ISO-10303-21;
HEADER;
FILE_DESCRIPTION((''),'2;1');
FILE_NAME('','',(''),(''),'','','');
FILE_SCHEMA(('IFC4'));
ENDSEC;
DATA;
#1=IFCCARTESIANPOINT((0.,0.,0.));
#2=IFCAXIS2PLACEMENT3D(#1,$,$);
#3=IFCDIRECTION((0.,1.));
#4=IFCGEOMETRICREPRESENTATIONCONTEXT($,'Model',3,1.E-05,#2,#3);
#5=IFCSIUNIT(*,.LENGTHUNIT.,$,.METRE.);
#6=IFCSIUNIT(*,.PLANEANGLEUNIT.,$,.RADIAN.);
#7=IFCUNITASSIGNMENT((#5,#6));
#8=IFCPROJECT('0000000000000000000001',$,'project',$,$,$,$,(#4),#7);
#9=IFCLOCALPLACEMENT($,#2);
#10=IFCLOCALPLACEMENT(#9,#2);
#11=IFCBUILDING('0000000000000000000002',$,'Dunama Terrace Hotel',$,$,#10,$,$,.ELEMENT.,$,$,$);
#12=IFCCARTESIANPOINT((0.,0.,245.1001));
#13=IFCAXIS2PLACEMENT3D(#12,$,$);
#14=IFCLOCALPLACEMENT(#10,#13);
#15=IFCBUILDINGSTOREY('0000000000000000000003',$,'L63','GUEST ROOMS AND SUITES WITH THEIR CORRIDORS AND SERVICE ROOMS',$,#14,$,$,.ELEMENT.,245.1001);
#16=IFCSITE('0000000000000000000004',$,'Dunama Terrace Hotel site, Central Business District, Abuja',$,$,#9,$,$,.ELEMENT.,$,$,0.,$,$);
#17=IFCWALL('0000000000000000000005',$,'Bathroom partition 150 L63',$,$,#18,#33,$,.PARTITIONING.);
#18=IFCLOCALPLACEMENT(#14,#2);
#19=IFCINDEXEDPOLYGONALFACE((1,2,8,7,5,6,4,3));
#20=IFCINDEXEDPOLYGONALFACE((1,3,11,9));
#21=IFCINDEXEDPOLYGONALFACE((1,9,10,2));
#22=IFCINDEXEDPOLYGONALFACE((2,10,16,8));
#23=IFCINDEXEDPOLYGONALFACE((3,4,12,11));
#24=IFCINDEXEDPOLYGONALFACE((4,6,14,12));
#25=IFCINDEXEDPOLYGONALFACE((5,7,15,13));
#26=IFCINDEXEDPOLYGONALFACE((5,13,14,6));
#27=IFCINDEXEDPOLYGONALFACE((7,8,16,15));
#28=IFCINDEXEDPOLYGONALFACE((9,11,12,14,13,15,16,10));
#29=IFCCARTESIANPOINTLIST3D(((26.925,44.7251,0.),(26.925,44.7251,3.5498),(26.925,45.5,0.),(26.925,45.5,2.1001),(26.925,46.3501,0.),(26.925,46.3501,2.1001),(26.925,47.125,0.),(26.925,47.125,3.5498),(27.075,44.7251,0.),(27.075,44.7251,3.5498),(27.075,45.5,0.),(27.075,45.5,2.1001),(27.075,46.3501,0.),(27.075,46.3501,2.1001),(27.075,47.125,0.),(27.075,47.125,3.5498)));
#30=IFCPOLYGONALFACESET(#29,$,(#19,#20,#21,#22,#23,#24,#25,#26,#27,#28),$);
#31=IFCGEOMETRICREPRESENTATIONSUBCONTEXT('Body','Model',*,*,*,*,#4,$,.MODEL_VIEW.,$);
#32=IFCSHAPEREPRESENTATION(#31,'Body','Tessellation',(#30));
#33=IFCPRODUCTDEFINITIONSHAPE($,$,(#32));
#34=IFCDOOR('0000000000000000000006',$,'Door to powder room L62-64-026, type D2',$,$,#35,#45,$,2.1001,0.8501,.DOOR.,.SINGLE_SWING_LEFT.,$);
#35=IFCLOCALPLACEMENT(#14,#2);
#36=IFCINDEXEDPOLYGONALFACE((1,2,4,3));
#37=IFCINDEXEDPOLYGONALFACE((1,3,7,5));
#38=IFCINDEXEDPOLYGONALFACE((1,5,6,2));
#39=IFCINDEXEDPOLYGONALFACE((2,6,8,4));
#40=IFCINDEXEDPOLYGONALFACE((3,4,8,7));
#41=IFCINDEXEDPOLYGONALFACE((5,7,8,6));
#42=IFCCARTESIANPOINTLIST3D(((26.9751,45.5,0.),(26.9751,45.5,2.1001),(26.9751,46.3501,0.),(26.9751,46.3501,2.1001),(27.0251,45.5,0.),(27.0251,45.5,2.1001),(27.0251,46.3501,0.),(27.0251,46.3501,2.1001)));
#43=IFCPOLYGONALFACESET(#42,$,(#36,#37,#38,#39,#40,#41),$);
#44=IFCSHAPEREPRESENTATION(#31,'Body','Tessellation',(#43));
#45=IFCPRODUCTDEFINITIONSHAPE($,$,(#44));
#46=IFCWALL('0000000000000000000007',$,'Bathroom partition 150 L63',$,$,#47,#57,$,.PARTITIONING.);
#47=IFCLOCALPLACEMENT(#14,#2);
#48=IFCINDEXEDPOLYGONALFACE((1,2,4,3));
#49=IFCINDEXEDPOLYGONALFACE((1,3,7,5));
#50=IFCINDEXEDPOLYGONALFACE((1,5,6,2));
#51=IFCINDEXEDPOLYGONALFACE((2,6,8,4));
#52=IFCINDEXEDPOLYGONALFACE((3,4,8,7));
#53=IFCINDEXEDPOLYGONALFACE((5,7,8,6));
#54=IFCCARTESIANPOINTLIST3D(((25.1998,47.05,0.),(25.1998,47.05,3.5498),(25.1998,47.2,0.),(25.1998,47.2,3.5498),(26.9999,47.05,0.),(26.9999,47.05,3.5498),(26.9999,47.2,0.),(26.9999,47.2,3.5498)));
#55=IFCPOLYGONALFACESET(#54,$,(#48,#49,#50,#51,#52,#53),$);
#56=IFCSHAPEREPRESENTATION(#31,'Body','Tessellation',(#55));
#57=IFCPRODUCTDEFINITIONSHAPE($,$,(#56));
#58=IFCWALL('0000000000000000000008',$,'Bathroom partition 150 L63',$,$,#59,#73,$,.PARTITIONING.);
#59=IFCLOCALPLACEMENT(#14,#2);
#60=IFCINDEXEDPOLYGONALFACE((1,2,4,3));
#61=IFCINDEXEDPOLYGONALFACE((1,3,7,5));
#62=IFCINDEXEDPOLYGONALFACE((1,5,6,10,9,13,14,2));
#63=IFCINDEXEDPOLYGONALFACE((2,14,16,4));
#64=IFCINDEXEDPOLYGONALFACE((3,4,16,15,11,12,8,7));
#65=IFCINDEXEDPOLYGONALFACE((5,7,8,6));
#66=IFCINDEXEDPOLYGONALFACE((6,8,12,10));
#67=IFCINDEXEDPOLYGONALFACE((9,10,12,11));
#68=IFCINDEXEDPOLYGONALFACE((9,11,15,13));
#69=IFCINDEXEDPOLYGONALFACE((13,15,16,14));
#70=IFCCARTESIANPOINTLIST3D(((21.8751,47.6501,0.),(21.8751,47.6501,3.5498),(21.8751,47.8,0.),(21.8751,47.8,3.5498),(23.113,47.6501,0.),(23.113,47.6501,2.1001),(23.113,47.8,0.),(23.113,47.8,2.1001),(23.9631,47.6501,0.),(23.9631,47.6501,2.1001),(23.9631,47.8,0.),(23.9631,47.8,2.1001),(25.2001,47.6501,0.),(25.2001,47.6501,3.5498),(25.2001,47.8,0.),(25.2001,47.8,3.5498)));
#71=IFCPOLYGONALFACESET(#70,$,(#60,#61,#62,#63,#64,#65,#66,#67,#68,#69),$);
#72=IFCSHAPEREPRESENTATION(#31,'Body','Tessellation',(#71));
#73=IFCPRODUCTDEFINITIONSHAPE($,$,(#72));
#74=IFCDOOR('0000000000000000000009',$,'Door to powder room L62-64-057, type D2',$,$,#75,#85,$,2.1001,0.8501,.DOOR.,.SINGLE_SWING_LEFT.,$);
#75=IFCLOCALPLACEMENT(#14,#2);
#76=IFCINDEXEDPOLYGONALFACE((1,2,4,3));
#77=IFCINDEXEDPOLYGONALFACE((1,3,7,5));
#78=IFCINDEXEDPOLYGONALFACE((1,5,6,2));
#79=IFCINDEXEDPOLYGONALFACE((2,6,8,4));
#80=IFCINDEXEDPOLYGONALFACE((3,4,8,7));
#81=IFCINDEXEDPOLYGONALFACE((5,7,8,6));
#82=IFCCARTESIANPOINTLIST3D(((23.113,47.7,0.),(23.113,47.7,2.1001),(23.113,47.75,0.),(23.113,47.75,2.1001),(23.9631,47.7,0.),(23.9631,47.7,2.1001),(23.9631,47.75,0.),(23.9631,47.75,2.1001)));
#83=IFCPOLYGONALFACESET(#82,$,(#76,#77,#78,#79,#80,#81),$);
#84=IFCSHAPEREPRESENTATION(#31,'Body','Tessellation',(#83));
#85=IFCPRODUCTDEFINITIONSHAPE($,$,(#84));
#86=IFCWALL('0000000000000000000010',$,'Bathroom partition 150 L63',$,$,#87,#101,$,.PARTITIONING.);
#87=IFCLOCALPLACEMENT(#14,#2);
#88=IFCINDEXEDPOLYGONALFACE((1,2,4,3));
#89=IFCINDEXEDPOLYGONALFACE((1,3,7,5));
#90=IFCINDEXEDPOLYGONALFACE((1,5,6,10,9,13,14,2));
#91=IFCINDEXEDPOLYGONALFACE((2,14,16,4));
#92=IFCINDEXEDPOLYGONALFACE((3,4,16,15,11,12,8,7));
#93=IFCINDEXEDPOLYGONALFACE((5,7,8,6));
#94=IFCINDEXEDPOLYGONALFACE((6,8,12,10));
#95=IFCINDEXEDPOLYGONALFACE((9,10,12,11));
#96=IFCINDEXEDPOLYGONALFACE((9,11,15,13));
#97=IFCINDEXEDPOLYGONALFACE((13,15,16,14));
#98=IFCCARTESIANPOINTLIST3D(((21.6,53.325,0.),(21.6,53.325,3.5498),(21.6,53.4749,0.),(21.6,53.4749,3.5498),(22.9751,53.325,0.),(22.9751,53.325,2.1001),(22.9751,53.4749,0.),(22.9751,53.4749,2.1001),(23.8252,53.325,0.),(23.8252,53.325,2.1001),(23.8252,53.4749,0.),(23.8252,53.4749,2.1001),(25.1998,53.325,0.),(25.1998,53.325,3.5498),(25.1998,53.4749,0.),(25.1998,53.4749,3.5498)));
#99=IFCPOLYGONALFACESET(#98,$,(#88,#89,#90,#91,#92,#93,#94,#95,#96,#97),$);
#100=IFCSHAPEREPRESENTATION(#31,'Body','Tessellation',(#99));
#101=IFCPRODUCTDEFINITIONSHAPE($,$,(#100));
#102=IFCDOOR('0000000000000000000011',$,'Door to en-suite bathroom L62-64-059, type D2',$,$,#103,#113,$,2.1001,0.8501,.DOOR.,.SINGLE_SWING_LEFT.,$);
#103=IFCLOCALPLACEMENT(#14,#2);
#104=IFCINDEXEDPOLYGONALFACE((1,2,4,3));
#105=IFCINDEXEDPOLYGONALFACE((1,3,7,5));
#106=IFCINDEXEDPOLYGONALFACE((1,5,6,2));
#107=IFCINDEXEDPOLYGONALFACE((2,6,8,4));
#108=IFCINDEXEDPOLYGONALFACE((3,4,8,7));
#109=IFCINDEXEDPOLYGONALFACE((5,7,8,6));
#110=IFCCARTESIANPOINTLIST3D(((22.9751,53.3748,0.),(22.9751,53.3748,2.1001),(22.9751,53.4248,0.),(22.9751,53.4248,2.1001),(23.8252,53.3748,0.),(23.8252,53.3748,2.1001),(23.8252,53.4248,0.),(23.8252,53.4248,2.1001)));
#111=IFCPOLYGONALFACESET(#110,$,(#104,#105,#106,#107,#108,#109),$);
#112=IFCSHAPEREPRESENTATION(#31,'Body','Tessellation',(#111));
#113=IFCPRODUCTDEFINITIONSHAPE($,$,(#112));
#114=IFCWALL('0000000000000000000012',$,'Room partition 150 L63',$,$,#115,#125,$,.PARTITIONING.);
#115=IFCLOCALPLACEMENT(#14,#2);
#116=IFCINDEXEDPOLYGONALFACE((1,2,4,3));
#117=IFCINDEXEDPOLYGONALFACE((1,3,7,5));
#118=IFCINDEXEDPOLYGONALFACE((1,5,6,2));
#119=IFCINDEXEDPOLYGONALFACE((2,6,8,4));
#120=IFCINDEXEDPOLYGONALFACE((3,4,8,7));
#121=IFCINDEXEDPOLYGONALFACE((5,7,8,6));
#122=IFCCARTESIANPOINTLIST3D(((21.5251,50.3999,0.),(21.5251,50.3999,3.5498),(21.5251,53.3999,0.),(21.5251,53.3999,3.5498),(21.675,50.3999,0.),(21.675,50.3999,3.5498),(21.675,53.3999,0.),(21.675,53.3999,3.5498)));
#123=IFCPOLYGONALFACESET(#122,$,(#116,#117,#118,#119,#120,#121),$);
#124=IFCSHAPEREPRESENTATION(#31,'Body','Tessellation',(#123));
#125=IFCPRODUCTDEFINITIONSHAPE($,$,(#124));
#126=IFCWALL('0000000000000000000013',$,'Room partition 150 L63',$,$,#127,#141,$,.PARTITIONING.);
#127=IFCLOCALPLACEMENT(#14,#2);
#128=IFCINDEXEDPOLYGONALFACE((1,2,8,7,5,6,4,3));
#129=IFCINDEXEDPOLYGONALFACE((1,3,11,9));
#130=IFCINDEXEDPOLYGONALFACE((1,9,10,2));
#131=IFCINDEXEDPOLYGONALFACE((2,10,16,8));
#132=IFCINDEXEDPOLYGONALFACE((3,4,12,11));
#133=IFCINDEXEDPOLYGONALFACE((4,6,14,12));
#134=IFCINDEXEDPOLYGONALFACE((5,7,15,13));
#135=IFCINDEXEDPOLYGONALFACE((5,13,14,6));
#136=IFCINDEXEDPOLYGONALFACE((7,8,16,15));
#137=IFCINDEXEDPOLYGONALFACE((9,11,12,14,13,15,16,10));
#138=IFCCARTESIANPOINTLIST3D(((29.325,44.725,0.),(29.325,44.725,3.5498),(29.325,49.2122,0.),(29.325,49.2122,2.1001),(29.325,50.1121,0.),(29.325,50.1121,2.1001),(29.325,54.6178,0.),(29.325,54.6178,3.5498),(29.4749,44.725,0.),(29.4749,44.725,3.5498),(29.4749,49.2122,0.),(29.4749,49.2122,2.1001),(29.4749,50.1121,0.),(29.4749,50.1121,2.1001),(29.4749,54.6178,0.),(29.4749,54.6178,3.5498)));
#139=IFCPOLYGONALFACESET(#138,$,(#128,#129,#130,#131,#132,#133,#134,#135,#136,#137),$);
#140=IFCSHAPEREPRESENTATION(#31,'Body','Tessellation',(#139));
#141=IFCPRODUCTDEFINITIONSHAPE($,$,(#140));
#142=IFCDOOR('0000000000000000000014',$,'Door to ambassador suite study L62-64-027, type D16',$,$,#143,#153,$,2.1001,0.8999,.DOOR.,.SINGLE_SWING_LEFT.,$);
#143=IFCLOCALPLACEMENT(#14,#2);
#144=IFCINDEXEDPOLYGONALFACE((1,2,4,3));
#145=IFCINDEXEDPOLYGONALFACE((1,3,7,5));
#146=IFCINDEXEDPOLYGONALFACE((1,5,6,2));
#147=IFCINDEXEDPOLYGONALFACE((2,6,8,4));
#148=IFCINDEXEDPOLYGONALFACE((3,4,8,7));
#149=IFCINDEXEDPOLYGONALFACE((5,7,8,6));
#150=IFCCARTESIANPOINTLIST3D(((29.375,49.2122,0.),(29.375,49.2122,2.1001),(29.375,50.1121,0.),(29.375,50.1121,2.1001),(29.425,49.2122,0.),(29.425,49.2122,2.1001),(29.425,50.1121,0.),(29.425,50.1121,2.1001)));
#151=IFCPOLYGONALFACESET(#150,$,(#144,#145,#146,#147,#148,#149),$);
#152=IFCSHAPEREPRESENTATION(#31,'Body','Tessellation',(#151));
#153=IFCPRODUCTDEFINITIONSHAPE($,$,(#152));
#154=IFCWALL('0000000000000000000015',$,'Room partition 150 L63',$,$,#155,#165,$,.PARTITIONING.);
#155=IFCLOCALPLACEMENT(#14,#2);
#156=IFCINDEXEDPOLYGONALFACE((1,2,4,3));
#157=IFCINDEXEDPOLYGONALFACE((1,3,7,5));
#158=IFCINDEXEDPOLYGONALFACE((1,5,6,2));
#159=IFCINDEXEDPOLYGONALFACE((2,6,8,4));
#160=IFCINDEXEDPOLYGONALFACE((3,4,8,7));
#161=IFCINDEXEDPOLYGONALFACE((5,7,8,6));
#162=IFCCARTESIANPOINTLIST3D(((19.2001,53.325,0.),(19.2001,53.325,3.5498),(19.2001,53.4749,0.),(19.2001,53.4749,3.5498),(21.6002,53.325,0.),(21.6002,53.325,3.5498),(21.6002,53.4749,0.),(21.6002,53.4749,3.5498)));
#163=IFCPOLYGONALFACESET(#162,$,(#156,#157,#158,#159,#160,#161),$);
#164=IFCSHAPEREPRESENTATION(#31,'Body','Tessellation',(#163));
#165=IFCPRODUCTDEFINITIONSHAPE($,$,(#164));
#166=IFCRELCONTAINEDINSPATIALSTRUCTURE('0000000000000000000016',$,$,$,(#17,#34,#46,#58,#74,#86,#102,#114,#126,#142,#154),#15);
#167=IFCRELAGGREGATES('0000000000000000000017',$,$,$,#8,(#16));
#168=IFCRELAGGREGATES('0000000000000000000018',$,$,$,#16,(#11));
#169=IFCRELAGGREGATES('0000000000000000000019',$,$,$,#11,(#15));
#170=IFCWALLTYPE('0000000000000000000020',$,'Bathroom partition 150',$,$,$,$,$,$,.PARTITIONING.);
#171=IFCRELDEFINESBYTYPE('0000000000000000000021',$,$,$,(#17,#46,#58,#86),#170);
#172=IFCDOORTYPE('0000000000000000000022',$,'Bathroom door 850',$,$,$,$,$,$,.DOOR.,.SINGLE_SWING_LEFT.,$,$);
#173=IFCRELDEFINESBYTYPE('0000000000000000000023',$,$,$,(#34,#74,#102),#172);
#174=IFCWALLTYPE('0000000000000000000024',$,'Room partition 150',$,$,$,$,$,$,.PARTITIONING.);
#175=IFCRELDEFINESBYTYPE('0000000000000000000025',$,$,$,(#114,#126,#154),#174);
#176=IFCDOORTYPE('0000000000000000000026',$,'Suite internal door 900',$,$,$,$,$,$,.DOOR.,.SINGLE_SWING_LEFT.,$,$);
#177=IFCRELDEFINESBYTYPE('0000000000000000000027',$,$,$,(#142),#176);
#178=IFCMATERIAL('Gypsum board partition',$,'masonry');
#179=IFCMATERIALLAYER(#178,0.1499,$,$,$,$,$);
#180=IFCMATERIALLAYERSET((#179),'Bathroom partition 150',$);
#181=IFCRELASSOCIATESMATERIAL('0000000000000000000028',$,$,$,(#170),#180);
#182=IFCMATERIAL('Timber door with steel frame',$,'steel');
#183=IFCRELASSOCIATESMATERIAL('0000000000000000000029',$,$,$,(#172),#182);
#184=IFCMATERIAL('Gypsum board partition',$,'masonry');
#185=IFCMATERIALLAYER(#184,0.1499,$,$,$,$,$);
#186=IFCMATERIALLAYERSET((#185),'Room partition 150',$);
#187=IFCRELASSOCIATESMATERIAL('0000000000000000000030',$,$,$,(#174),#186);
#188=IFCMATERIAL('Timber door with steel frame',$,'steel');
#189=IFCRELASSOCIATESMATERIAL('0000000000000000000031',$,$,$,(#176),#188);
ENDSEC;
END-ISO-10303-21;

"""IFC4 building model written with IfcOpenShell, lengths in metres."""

from ifc_helpers import new_model, si_unit, direction, frame, frame_2d, origin, place, context, subcontext, project, spatial, rectangle, extrude, material, layer, layer_set, type_object, element, fill, save


model = new_model("IFC4")

# Units and contexts
model_context = context("Model", 3, precision=1e-05, world=origin(), true_north=direction((0.0, 1.0)))
body_context = subcontext(model_context, "Body", "Model", "MODEL_VIEW")
ifc_project = project(units=[si_unit("LENGTHUNIT", "METRE"), si_unit("PLANEANGLEUNIT", "RADIAN")], contexts=[model_context])

# Site, building, storey
site_placement = place(None, origin())
site = spatial("IfcSite", under=ifc_project, at=site_placement, Name="Dunama Terrace Hotel site, Central Business District, Abuja", CompositionType="ELEMENT", RefElevation=0.0)
building_placement = place(site_placement, origin())
building = spatial("IfcBuilding", under=site, at=building_placement, Name="Dunama Terrace Hotel", CompositionType="ELEMENT")
storey_placement = place(building_placement, frame((0.0, 0.0, 245.1001)))
storey = spatial("IfcBuildingStorey", under=building, at=storey_placement, Name="L63", Description="GUEST ROOMS AND SUITES WITH THEIR CORRIDORS AND SERVICE ROOMS", CompositionType="ELEMENT", Elevation=245.1001)

# Wall, opening, door
ifc_material_1 = material(Name="Gypsum board partition", Category="masonry")
ifc_layer_1 = layer(ifc_material_1, 0.1499)
ifc_layer_set_1 = layer_set([ifc_layer_1], Name="Bathroom partition 150")
wall_type_1 = type_object("IfcWallType", Name="Bathroom partition 150", PredefinedType="PARTITIONING", material=ifc_layer_set_1)
wall_1_placement = place(storey_placement, frame((27.0, 44.7251, 0.0), z_axis=(0.0, 0.0, 1.0), x_axis=(0.0, 1.0, 0.0)))
wall_1 = element("IfcWall", 1, at=wall_1_placement, inside=storey, type_object=wall_type_1, Name="Bathroom partition 150 L63", PredefinedType="PARTITIONING", context=body_context, shape_type="SweptSolid", body=[
    extrude(rectangle(XDim=2.3999, YDim=0.1499, at=frame_2d((1.2, 0.0))), origin(), (0.0, 0.0, 1.0), 3.5498),
])
opening_1_placement = place(wall_1_placement, frame((0.7749, 0.0, 0.0)))
opening_1 = element("IfcOpeningElement", 2, at=opening_1_placement, cuts=wall_1, PredefinedType="OPENING", context=body_context, shape_type="SweptSolid", body=[
    extrude(rectangle(XDim=0.8501, YDim=2.1001, at=frame_2d((0.425, 1.05))), frame((0.0, 0.085, 0.0), z_axis=(0.0, -1.0, 0.0), x_axis=(1.0, 0.0, 0.0)), (0.0, 0.0, 1.0), 0.1699),
])
ifc_material_2 = material(Name="Timber door with steel frame", Category="steel")
door_type_1 = type_object("IfcDoorType", Name="Bathroom door 850", OperationType="SINGLE_SWING_LEFT", PredefinedType="DOOR", material=ifc_material_2)
door_1_placement = place(opening_1_placement, origin())
door_1 = element("IfcDoor", 3, at=door_1_placement, inside=storey, type_object=door_type_1, Name="Door to powder room L62-64-026, type D2", OperationType="SINGLE_SWING_LEFT", OverallHeight=2.1001, OverallWidth=0.8501, PredefinedType="DOOR", context=body_context, shape_type="SweptSolid", body=[
    extrude(rectangle(XDim=0.8501, YDim=2.1001, at=frame_2d((0.425, 1.05))), frame((0.0, 0.0249, 0.0), z_axis=(0.0, -1.0, 0.0), x_axis=(1.0, 0.0, 0.0)), (0.0, 0.0, 1.0), 0.05),
])
fill(opening_1, door_1)

# Wall
wall_2_placement = place(storey_placement, frame((25.2, 47.125, 0.0), z_axis=(0.0, 0.0, 1.0), x_axis=(1.0, 0.0, 0.0)))
element("IfcWall", 4, at=wall_2_placement, inside=storey, type_object=wall_type_1, Name="Bathroom partition 150 L63", PredefinedType="PARTITIONING", context=body_context, shape_type="SweptSolid", body=[
    extrude(rectangle(XDim=1.8, YDim=0.1499, at=frame_2d((0.8999, 0.0))), origin(), (0.0, 0.0, 1.0), 3.5498),
])

# Walls, openings, doors
wall_3_placement = place(storey_placement, frame((21.875, 47.7251, 0.0), z_axis=(0.0, 0.0, 1.0), x_axis=(1.0, 0.0, 0.0)))
wall_3 = element("IfcWall", 5, at=wall_3_placement, inside=storey, type_object=wall_type_1, Name="Bathroom partition 150 L63", PredefinedType="PARTITIONING", context=body_context, shape_type="SweptSolid", body=[
    extrude(rectangle(XDim=3.325, YDim=0.1499, at=frame_2d((1.6626, 0.0))), origin(), (0.0, 0.0, 1.0), 3.5498),
])
opening_2_placement = place(wall_3_placement, frame((1.238, 0.0, 0.0)))
opening_2 = element("IfcOpeningElement", 6, at=opening_2_placement, cuts=wall_3, PredefinedType="OPENING", context=body_context, shape_type="SweptSolid", body=[
    extrude(rectangle(XDim=0.8501, YDim=2.1001, at=frame_2d((0.425, 1.05))), frame((0.0, 0.085, 0.0), z_axis=(0.0, -1.0, 0.0), x_axis=(1.0, 0.0, 0.0)), (0.0, 0.0, 1.0), 0.1699),
])
door_2_placement = place(opening_2_placement, frame((0.8501, 0.0, 0.0), z_axis=(0.0, 0.0, 1.0), x_axis=(-1.0, 0.0, 0.0)))
door_2 = element("IfcDoor", 7, at=door_2_placement, inside=storey, type_object=door_type_1, Name="Door to powder room L62-64-057, type D2", OperationType="SINGLE_SWING_LEFT", OverallHeight=2.1001, OverallWidth=0.8501, PredefinedType="DOOR", context=body_context, shape_type="SweptSolid", body=[
    extrude(rectangle(XDim=0.8501, YDim=2.1001, at=frame_2d((0.425, 1.05))), frame((0.0, 0.0251, 0.0), z_axis=(0.0, -1.0, 0.0), x_axis=(1.0, 0.0, 0.0)), (0.0, 0.0, 1.0), 0.05),
])
fill(opening_2, door_2)
wall_4_placement = place(storey_placement, frame((21.6001, 53.3999, 0.0), z_axis=(0.0, 0.0, 1.0), x_axis=(1.0, 0.0, 0.0)))
wall_4 = element("IfcWall", 8, at=wall_4_placement, inside=storey, type_object=wall_type_1, Name="Bathroom partition 150 L63", PredefinedType="PARTITIONING", context=body_context, shape_type="SweptSolid", body=[
    extrude(rectangle(XDim=3.5999, YDim=0.1499, at=frame_2d((1.7998, 0.0))), origin(), (0.0, 0.0, 1.0), 3.5498),
])
opening_3_placement = place(wall_4_placement, frame((1.375, 0.0, 0.0)))
opening_3 = element("IfcOpeningElement", 9, at=opening_3_placement, cuts=wall_4, PredefinedType="OPENING", context=body_context, shape_type="SweptSolid", body=[
    extrude(rectangle(XDim=0.8501, YDim=2.1001, at=frame_2d((0.425, 1.05))), frame((0.0, 0.085, 0.0), z_axis=(0.0, -1.0, 0.0), x_axis=(1.0, 0.0, 0.0)), (0.0, 0.0, 1.0), 0.1699),
])
door_3_placement = place(opening_3_placement, frame((0.8501, 0.0, 0.0), z_axis=(0.0, 0.0, 1.0), x_axis=(-1.0, 0.0, 0.0)))
door_3 = element("IfcDoor", 10, at=door_3_placement, inside=storey, type_object=door_type_1, Name="Door to en-suite bathroom L62-64-059, type D2", OperationType="SINGLE_SWING_LEFT", OverallHeight=2.1001, OverallWidth=0.8501, PredefinedType="DOOR", context=body_context, shape_type="SweptSolid", body=[
    extrude(rectangle(XDim=0.8501, YDim=2.1001, at=frame_2d((0.425, 1.05))), frame((0.0, 0.0251, 0.0), z_axis=(0.0, -1.0, 0.0), x_axis=(1.0, 0.0, 0.0)), (0.0, 0.0, 1.0), 0.05),
])
fill(opening_3, door_3)

# Wall
ifc_material_3 = material(Name="Gypsum board partition", Category="masonry")
ifc_layer_2 = layer(ifc_material_3, 0.1499)
ifc_layer_set_2 = layer_set([ifc_layer_2], Name="Room partition 150")
wall_type_2 = type_object("IfcWallType", Name="Room partition 150", PredefinedType="PARTITIONING", material=ifc_layer_set_2)
wall_5_placement = place(storey_placement, frame((21.6001, 50.3999, 0.0), z_axis=(0.0, 0.0, 1.0), x_axis=(0.0, 1.0, 0.0)))
element("IfcWall", 11, at=wall_5_placement, inside=storey, type_object=wall_type_2, Name="Room partition 150 L63", PredefinedType="PARTITIONING", context=body_context, shape_type="SweptSolid", body=[
    extrude(rectangle(XDim=3.0, YDim=0.1499, at=frame_2d((1.5, 0.0))), origin(), (0.0, 0.0, 1.0), 3.5498),
])

# Wall, opening, door
wall_6_placement = place(storey_placement, frame((29.3999, 44.7251, 0.0), z_axis=(0.0, 0.0, 1.0), x_axis=(0.0, 1.0, 0.0)))
wall_6 = element("IfcWall", 12, at=wall_6_placement, inside=storey, type_object=wall_type_2, Name="Room partition 150 L63", PredefinedType="PARTITIONING", context=body_context, shape_type="SweptSolid", body=[
    extrude(rectangle(XDim=9.8928, YDim=0.1499, at=frame_2d((4.9463, 0.0))), origin(), (0.0, 0.0, 1.0), 3.5498),
])
opening_4_placement = place(wall_6_placement, frame((4.4871, 0.0, 0.0)))
opening_4 = element("IfcOpeningElement", 13, at=opening_4_placement, cuts=wall_6, PredefinedType="OPENING", context=body_context, shape_type="SweptSolid", body=[
    extrude(rectangle(XDim=0.8999, YDim=2.1001, at=frame_2d((0.45, 1.05))), frame((0.0, 0.085, 0.0), z_axis=(0.0, -1.0, 0.0), x_axis=(1.0, 0.0, 0.0)), (0.0, 0.0, 1.0), 0.1699),
])
ifc_material_4 = material(Name="Timber door with steel frame", Category="steel")
door_type_2 = type_object("IfcDoorType", Name="Suite internal door 900", OperationType="SINGLE_SWING_LEFT", PredefinedType="DOOR", material=ifc_material_4)
door_4_placement = place(opening_4_placement, origin())
door_4 = element("IfcDoor", 14, at=door_4_placement, inside=storey, type_object=door_type_2, Name="Door to ambassador suite study L62-64-027, type D16", OperationType="SINGLE_SWING_LEFT", OverallHeight=2.1001, OverallWidth=0.8999, PredefinedType="DOOR", context=body_context, shape_type="SweptSolid", body=[
    extrude(rectangle(XDim=0.8999, YDim=2.1001, at=frame_2d((0.45, 1.05))), frame((0.0, 0.0249, 0.0), z_axis=(0.0, -1.0, 0.0), x_axis=(1.0, 0.0, 0.0)), (0.0, 0.0, 1.0), 0.05),
])
fill(opening_4, door_4)

# Wall
wall_7_placement = place(storey_placement, frame((19.2, 53.3999, 0.0), z_axis=(0.0, 0.0, 1.0), x_axis=(1.0, 0.0, 0.0)))
element("IfcWall", 15, at=wall_7_placement, inside=storey, type_object=wall_type_2, Name="Room partition 150 L63", PredefinedType="PARTITIONING", context=body_context, shape_type="SweptSolid", body=[
    extrude(rectangle(XDim=2.4001, YDim=0.1499, at=frame_2d((1.2002, 0.0))), origin(), (0.0, 0.0, 1.0), 3.5498),
])

save(model, "model.ifc")
